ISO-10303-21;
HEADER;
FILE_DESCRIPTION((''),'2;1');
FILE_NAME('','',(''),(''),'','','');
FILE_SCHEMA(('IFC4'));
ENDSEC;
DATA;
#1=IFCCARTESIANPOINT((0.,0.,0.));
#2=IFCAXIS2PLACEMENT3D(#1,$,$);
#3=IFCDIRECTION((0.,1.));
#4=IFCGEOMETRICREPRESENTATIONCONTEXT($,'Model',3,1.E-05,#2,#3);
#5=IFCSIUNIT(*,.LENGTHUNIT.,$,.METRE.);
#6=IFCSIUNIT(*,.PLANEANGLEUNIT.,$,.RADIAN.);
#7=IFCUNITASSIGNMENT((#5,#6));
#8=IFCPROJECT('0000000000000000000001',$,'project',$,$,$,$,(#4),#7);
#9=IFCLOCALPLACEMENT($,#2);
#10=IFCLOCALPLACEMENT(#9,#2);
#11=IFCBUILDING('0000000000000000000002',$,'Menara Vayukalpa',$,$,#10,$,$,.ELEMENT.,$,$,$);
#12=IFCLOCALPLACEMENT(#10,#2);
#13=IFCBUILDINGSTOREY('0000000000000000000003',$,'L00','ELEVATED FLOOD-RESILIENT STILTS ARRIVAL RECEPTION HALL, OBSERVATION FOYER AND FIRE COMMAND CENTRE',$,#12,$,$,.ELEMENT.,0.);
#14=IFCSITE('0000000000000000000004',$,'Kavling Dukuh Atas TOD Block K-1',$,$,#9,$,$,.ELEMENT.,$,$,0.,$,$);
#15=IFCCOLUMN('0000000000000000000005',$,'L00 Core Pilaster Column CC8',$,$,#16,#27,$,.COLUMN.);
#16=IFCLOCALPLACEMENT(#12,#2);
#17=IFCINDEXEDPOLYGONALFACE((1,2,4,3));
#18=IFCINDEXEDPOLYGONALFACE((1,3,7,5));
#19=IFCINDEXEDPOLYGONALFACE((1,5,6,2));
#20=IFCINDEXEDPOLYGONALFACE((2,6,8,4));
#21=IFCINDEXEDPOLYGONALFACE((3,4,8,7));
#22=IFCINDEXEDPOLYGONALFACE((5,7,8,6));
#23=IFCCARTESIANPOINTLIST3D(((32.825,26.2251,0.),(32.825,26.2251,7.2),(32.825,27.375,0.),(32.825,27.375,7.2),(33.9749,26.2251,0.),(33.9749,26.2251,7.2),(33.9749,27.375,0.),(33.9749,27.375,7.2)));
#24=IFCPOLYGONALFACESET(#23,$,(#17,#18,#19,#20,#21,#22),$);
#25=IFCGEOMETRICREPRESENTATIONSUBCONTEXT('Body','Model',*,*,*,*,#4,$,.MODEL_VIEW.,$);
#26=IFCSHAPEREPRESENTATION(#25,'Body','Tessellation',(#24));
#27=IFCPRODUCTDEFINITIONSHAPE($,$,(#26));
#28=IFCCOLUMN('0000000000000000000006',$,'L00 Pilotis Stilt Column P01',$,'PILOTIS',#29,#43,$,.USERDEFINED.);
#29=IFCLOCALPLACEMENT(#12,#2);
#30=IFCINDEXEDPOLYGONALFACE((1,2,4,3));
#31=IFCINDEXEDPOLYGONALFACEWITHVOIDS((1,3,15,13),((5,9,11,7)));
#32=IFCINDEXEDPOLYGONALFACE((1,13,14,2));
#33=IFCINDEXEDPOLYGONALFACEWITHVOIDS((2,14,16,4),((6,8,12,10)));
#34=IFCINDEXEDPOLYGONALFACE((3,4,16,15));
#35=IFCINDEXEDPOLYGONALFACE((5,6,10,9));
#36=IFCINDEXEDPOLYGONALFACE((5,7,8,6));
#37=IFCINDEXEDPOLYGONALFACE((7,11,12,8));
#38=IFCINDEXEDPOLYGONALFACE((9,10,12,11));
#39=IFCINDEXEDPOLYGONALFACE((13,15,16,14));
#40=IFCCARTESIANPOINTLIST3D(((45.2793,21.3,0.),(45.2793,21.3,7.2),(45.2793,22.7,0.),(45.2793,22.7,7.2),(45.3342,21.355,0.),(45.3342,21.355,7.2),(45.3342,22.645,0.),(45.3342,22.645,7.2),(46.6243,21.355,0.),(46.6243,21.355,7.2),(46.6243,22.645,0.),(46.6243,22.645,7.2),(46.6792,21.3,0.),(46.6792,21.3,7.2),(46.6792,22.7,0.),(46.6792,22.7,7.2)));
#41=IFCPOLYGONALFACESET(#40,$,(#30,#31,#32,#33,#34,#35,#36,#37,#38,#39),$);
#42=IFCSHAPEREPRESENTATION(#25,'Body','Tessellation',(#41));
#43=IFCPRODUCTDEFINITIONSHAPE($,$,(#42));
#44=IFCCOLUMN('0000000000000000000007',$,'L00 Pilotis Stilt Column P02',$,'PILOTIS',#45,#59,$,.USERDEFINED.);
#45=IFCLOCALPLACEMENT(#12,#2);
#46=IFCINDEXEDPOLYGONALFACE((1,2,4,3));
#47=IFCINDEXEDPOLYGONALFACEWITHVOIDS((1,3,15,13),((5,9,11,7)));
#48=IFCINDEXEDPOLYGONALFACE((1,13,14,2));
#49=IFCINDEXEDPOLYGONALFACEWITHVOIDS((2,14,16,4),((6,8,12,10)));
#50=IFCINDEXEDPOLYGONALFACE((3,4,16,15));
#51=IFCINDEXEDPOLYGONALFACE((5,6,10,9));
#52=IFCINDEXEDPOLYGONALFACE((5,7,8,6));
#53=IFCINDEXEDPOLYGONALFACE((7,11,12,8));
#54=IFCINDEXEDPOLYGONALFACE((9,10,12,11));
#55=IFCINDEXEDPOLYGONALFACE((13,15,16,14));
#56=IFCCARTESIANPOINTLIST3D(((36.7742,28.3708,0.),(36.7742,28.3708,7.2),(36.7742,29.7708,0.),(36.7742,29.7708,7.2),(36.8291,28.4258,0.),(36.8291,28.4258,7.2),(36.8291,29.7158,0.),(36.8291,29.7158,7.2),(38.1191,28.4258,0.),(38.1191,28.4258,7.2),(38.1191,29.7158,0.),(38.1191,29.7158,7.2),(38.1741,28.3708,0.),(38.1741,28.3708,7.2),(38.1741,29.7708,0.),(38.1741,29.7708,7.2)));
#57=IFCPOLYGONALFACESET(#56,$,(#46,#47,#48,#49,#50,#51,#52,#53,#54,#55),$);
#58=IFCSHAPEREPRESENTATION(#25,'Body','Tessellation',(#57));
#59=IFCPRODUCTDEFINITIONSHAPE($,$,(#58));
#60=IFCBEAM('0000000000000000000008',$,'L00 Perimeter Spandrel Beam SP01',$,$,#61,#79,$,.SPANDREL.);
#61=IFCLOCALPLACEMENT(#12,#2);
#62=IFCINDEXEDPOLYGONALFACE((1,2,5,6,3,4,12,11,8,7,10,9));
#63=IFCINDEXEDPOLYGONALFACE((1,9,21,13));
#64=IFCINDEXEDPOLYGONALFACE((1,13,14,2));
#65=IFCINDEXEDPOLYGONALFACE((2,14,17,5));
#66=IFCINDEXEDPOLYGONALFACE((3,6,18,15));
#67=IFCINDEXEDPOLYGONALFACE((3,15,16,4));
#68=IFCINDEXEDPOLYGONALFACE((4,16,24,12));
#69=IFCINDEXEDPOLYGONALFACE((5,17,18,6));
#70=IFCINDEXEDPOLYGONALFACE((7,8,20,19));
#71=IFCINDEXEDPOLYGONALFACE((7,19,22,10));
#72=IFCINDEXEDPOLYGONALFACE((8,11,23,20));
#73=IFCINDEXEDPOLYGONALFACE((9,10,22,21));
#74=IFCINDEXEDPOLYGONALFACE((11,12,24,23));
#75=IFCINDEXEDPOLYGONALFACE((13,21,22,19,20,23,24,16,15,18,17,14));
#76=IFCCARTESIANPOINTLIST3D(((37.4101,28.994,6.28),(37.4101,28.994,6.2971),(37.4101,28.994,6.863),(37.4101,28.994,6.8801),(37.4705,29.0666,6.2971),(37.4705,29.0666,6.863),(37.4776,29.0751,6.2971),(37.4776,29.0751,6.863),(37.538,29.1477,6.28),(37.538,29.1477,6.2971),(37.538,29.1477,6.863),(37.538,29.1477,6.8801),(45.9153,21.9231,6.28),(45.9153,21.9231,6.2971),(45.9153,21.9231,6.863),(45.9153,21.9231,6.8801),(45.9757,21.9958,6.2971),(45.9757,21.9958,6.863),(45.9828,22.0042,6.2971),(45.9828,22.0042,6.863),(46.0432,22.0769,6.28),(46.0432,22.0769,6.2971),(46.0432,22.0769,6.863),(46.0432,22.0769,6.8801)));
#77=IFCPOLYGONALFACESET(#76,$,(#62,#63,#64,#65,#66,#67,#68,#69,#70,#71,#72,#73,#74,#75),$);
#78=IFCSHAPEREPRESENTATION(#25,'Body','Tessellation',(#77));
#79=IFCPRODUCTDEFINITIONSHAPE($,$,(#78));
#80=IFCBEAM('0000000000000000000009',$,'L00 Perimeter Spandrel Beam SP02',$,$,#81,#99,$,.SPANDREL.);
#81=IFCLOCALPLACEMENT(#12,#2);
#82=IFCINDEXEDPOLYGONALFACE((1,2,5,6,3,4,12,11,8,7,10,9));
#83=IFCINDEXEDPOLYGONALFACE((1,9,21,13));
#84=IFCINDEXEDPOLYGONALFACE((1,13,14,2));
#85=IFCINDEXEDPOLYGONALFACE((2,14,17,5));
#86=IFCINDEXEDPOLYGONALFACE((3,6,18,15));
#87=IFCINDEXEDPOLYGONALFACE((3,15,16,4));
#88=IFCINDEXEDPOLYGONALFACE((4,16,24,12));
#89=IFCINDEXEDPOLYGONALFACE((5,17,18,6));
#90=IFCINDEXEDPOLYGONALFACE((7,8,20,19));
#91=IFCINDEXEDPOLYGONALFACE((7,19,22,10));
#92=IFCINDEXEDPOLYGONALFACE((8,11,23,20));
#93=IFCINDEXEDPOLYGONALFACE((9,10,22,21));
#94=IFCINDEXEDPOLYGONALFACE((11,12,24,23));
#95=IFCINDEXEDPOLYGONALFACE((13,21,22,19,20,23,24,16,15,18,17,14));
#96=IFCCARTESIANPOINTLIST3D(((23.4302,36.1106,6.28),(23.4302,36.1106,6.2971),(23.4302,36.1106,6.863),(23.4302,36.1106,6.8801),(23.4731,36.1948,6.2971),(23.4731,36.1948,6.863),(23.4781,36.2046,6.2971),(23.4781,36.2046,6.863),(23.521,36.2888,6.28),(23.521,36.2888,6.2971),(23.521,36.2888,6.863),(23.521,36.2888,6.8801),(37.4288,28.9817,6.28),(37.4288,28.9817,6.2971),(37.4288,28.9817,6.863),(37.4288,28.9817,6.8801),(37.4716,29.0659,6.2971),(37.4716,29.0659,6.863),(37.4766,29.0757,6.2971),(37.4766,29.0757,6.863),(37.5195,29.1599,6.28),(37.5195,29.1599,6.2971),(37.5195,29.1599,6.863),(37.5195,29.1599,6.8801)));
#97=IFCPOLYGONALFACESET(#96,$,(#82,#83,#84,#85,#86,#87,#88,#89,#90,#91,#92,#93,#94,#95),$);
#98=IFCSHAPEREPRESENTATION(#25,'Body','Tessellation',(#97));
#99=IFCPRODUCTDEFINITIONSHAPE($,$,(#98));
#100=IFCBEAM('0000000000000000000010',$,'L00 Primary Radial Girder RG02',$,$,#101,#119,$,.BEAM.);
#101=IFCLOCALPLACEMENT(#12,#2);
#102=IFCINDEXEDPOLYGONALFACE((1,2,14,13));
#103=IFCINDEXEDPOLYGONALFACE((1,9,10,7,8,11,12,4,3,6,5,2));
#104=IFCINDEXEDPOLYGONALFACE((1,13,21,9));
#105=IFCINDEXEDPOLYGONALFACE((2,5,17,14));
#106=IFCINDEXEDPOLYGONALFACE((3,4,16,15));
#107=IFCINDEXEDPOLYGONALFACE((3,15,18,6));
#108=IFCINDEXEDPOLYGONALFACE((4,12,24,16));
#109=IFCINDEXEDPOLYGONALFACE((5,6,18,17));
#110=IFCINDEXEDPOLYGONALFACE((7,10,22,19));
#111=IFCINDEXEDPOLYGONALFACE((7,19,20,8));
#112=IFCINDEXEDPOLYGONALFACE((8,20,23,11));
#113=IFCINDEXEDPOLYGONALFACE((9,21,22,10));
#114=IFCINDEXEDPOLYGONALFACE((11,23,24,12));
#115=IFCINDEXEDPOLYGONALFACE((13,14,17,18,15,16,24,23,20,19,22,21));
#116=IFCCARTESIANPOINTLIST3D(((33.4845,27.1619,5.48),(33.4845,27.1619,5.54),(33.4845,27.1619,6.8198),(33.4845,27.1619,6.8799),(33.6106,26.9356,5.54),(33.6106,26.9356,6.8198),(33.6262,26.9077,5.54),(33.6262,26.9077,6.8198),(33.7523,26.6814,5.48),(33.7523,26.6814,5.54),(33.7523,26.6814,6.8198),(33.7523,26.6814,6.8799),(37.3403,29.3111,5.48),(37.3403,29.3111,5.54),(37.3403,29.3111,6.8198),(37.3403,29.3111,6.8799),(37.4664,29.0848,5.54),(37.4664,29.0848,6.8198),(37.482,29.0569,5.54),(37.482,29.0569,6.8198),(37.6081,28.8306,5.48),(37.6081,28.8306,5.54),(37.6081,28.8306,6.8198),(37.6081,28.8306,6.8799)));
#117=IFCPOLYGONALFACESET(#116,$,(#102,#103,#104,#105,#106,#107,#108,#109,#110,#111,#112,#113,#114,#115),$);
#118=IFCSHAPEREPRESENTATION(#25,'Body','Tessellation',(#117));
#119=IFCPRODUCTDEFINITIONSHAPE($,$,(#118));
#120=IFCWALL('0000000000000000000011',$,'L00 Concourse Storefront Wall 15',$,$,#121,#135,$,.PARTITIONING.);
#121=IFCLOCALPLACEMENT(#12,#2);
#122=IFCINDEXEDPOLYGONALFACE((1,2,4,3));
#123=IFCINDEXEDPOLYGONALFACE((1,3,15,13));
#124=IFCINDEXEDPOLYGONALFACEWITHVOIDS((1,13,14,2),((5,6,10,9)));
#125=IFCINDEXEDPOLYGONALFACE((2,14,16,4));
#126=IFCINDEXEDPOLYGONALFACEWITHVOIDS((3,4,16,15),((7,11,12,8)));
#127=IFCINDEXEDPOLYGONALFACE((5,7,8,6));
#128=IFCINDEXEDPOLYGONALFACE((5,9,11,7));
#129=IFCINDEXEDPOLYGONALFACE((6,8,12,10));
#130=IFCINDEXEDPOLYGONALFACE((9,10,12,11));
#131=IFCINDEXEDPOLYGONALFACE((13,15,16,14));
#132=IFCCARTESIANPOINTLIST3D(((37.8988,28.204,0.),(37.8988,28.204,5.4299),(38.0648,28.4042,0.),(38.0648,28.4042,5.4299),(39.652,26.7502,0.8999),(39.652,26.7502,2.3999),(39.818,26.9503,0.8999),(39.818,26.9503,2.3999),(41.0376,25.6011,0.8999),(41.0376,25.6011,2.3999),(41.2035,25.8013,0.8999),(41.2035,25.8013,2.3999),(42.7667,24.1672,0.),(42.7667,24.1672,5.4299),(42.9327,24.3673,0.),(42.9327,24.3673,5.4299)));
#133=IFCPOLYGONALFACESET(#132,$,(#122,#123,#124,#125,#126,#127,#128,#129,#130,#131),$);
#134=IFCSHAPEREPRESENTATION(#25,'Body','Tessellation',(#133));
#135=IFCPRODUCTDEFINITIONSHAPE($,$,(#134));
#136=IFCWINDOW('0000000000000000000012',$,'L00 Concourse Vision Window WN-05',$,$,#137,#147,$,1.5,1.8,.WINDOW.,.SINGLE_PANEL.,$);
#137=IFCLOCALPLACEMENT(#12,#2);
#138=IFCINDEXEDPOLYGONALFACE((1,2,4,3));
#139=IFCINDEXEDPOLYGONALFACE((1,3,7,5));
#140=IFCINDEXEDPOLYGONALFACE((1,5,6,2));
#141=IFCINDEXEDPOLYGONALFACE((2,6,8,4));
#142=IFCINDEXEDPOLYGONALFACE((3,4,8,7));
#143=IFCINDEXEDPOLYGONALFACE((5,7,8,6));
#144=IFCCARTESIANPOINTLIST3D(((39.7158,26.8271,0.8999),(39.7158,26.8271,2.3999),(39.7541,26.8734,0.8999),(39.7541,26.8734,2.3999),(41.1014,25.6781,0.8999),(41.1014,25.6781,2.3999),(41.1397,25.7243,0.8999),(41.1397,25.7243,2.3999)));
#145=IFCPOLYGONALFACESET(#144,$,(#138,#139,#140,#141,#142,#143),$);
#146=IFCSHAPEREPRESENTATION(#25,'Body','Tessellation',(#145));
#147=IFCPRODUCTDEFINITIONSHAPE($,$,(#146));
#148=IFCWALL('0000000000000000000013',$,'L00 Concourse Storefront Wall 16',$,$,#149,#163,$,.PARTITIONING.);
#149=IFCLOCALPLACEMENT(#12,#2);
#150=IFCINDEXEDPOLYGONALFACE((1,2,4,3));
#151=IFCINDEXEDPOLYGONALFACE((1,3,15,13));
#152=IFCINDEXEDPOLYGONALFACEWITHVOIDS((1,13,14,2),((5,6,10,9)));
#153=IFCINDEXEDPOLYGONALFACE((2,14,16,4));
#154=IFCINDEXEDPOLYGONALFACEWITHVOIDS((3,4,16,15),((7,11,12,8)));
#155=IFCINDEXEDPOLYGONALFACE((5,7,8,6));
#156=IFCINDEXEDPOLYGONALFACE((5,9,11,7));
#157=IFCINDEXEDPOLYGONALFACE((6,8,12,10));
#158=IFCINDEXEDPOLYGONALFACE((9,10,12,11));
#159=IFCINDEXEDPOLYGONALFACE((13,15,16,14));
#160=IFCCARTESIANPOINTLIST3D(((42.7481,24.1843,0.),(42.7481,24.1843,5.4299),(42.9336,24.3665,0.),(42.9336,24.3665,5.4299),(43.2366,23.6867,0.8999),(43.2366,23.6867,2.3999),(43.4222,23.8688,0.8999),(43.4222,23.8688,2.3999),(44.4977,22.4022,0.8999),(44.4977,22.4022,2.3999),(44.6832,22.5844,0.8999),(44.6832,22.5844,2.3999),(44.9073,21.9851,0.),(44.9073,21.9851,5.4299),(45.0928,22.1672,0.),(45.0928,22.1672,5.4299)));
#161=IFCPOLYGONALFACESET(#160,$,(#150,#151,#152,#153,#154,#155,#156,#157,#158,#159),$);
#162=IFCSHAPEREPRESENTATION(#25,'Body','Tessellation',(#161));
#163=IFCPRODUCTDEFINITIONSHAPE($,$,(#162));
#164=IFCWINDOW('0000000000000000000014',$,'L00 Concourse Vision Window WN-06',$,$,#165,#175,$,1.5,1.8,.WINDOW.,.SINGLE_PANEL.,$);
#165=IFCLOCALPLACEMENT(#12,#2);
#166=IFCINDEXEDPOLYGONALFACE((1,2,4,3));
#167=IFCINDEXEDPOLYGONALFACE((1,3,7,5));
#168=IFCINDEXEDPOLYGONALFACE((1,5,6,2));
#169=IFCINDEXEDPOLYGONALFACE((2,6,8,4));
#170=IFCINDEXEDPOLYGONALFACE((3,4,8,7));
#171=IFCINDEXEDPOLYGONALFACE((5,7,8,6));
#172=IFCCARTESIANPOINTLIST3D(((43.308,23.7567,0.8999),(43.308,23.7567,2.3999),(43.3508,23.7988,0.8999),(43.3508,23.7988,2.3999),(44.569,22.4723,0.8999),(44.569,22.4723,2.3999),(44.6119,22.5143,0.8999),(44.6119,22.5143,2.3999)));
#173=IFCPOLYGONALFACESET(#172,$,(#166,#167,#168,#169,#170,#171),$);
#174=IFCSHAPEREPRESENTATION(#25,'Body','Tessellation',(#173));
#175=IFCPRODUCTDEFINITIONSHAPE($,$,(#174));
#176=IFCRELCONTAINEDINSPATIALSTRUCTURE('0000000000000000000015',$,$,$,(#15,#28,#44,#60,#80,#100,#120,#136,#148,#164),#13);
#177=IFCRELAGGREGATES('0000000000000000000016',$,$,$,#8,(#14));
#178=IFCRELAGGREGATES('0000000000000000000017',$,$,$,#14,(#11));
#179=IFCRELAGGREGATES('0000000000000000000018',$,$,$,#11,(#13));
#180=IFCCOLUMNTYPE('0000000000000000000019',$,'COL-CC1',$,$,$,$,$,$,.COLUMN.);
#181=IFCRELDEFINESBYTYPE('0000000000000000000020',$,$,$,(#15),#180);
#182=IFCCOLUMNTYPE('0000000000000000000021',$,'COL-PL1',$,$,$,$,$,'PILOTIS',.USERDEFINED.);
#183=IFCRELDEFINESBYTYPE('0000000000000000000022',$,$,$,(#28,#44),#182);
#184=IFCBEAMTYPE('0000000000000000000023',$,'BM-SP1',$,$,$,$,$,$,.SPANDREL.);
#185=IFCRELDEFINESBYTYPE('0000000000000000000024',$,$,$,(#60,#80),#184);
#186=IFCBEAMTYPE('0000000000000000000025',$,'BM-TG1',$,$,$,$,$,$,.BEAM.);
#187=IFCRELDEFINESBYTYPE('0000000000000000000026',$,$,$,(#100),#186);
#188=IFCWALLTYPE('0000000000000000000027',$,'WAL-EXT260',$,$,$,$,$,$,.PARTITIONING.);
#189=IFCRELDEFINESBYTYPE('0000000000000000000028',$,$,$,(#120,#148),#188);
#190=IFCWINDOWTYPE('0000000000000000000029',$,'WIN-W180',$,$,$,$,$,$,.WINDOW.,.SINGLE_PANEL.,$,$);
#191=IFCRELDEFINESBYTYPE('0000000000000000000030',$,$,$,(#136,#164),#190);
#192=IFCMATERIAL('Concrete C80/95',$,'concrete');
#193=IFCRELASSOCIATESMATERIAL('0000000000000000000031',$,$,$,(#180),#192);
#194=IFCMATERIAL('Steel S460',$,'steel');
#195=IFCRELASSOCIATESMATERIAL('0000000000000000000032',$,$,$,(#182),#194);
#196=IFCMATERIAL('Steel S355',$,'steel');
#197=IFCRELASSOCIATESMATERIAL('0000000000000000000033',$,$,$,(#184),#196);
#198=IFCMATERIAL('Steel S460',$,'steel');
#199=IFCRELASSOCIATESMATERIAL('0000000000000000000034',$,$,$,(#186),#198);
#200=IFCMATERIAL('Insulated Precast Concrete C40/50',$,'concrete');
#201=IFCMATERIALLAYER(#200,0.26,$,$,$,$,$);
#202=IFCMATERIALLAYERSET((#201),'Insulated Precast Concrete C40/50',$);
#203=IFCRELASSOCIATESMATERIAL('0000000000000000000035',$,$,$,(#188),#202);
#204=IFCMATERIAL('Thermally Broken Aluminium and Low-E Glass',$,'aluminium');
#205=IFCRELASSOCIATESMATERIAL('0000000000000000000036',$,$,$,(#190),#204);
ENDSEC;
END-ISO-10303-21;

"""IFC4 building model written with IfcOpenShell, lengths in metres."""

from ifc_helpers import new_model, si_unit, direction, frame, frame_2d, origin, origin_2d, place, context, subcontext, project, spatial, rectangle, hollow_rectangle, i_section, extrude, material, layer, layer_set, material_profile, profile_set, type_object, element, fill, save


model = new_model("IFC4")

# Units and contexts
model_context = context("Model", 3, precision=1e-05, world=origin(), true_north=direction((0.0, 1.0)))
body_context = subcontext(model_context, "Body", "Model", "MODEL_VIEW")
ifc_project = project(units=[si_unit("LENGTHUNIT", "METRE"), si_unit("PLANEANGLEUNIT", "RADIAN")], contexts=[model_context])

# Site, building, storey
site_placement = place(None, origin())
site = spatial("IfcSite", under=ifc_project, at=site_placement, Name="Kavling Dukuh Atas TOD Block K-1", CompositionType="ELEMENT", RefElevation=0.0)
building_placement = place(site_placement, origin())
building = spatial("IfcBuilding", under=site, at=building_placement, Name="Menara Vayukalpa", CompositionType="ELEMENT")
storey_placement = place(building_placement, origin())
storey = spatial("IfcBuildingStorey", under=building, at=storey_placement, Name="L00", Description="ELEVATED FLOOD-RESILIENT STILTS ARRIVAL RECEPTION HALL, OBSERVATION FOYER AND FIRE COMMAND CENTRE", CompositionType="ELEMENT", Elevation=0.0)

# Columns
ifc_material_1 = material(Name="Concrete C80/95", Category="concrete")
ifc_material_profile_1 = material_profile(ifc_material_1, rectangle(XDim=1.1499, YDim=1.1499, at=origin_2d()), Name="RC 1150x1150")
ifc_profile_set_1 = profile_set([ifc_material_profile_1], Name="Concrete C80/95")
column_type_1 = type_object("IfcColumnType", Name="COL-CC1", PredefinedType="COLUMN", material=ifc_profile_set_1)
column_placement = place(storey_placement, frame((33.3999, 26.8, 0.0), z_axis=(0.0, 0.0, 1.0), x_axis=(1.0, 0.0, 0.0)))
element("IfcColumn", 1, at=column_placement, inside=storey, type_object=column_type_1, Name="L00 Core Pilaster Column CC8", PredefinedType="COLUMN", context=body_context, shape_type="SweptSolid", body=[
    extrude(rectangle(XDim=1.1499, YDim=1.1499, at=origin_2d()), origin(), (0.0, 0.0, 1.0), 7.2),
])
ifc_material_2 = material(Name="Steel S460", Category="steel")
ifc_material_profile_2 = material_profile(ifc_material_2, hollow_rectangle(XDim=1.3999, YDim=1.3999, WallThickness=0.0549, at=origin_2d()), Name="BOX 1400x1400x55")
ifc_profile_set_2 = profile_set([ifc_material_profile_2], Name="Steel S460")
column_type_2 = type_object("IfcColumnType", Name="COL-PL1", ElementType="PILOTIS", PredefinedType="USERDEFINED", material=ifc_profile_set_2)
for number, where, z_axis, x_axis, name in (
    (2, (45.9792, 22.0, 0.0), (0.0, 0.0, 1.0), (1.0, 0.0, 0.0), "L00 Pilotis Stilt Column P01"),
    (3, (37.4741, 29.0708, 0.0), (0.0, 0.0, 1.0), (1.0, 0.0, 0.0), "L00 Pilotis Stilt Column P02"),
):
    element("IfcColumn", number, at=place(storey_placement, frame(where, z_axis=z_axis, x_axis=x_axis)), inside=storey, type_object=column_type_2, Name=name, ObjectType="PILOTIS", PredefinedType="USERDEFINED", context=body_context, shape_type="SweptSolid", body=[
        extrude(hollow_rectangle(XDim=1.3999, YDim=1.3999, WallThickness=0.0549, at=origin_2d()), origin(), (0.0, 0.0, 1.0), 7.2),
    ])

# Beams
ifc_material_3 = material(Name="Steel S355", Category="steel")
ifc_material_profile_3 = material_profile(ifc_material_3, i_section(OverallWidth=0.2, OverallDepth=0.6001, WebThickness=0.011, FlangeThickness=0.0171, at=origin_2d()), Name="WF 600x200x11x17")
ifc_profile_set_3 = profile_set([ifc_material_profile_3], Name="Steel S355")
beam_type_1 = type_object("IfcBeamType", Name="BM-SP1", PredefinedType="SPANDREL", material=ifc_profile_set_3)
beam_1_placement = place(storey_placement, frame((45.9792, 22.0, 6.5801), z_axis=(-0.768968, 0.639287, 0.0), x_axis=(-0.639287, -0.768968, 0.0)))
element("IfcBeam", 4, at=beam_1_placement, inside=storey, type_object=beam_type_1, Name="L00 Perimeter Spandrel Beam SP01", PredefinedType="SPANDREL", context=body_context, shape_type="SweptSolid", body=[
    extrude(i_section(OverallWidth=0.2, OverallDepth=0.6001, WebThickness=0.011, FlangeThickness=0.0171, at=origin_2d()), origin(), (0.0, 0.0, 1.0), 11.0605),
])
beam_2_placement = place(storey_placement, frame((37.4741, 29.0708, 6.5801), z_axis=(-0.891102, 0.453803, 0.0), x_axis=(-0.453803, -0.891102, 0.0)))
element("IfcBeam", 5, at=beam_2_placement, inside=storey, type_object=beam_type_1, Name="L00 Perimeter Spandrel Beam SP02", PredefinedType="SPANDREL", context=body_context, shape_type="SweptSolid", body=[
    extrude(i_section(OverallWidth=0.2, OverallDepth=0.6001, WebThickness=0.011, FlangeThickness=0.0171, at=origin_2d()), origin(), (0.0, 0.0, 1.0), 15.7092),
])
ifc_material_4 = material(Name="Steel S460", Category="steel")
ifc_material_profile_4 = material_profile(ifc_material_4, i_section(OverallWidth=0.55, OverallDepth=1.3999, WebThickness=0.032, FlangeThickness=0.0601, at=origin_2d()), Name="WG 1400x550x32x60")
ifc_profile_set_4 = profile_set([ifc_material_profile_4], Name="Steel S460")
beam_type_2 = type_object("IfcBeamType", Name="BM-TG1", PredefinedType="BEAM", material=ifc_profile_set_4)
beam_3_placement = place(storey_placement, frame((33.6184, 26.9216, 6.1799), z_axis=(0.873473, 0.486873, 0.0), x_axis=(-0.486873, 0.873473, 0.0)))
element("IfcBeam", 6, at=beam_3_placement, inside=storey, type_object=beam_type_2, Name="L00 Primary Radial Girder RG02", PredefinedType="BEAM", context=body_context, shape_type="SweptSolid", body=[
    extrude(i_section(OverallWidth=0.55, OverallDepth=1.3999, WebThickness=0.032, FlangeThickness=0.0601, at=origin_2d()), origin(), (0.0, 0.0, 1.0), 4.4143),
])

# Walls, openings, windows
ifc_material_5 = material(Name="Insulated Precast Concrete C40/50", Category="concrete")
ifc_layer_1 = layer(ifc_material_5, 0.26)
ifc_layer_set_1 = layer_set([ifc_layer_1], Name="Insulated Precast Concrete C40/50")
wall_type_1 = type_object("IfcWallType", Name="WAL-EXT260", PredefinedType="PARTITIONING", material=ifc_layer_set_1)
wall_1_placement = place(storey_placement, frame((37.9817, 28.3042, 0.0), z_axis=(0.0, 0.0, 1.0), x_axis=(0.769754, -0.638341, 0.0)))
wall_1 = element("IfcWall", 7, at=wall_1_placement, inside=storey, type_object=wall_type_1, Name="L00 Concourse Storefront Wall 15", PredefinedType="PARTITIONING", context=body_context, shape_type="SweptSolid", body=[
    extrude(rectangle(XDim=6.324, YDim=0.26, at=frame_2d((3.1621, 0.0))), origin(), (0.0, 0.0, 1.0), 5.4299),
])
opening_1_placement = place(wall_1_placement, frame((2.2778, 0.0, 0.8999)))
opening_1 = element("IfcOpeningElement", 8, at=opening_1_placement, cuts=wall_1, PredefinedType="OPENING", context=body_context, shape_type="SweptSolid", body=[
    extrude(rectangle(XDim=1.8, YDim=1.5, at=frame_2d((0.8999, 0.75))), frame((0.0, 0.1399, 0.0), z_axis=(0.0, -1.0, 0.0), x_axis=(1.0, 0.0, 0.0)), (0.0, 0.0, 1.0), 0.28),
])
ifc_material_6 = material(Name="Thermally Broken Aluminium and Low-E Glass", Category="aluminium")
window_type = type_object("IfcWindowType", Name="WIN-W180", PartitioningType="SINGLE_PANEL", PredefinedType="WINDOW", material=ifc_material_6)
window_1_placement = place(opening_1_placement, origin())
window_1 = element("IfcWindow", 9, at=window_1_placement, inside=storey, type_object=window_type, Name="L00 Concourse Vision Window WN-05", OverallHeight=1.5, OverallWidth=1.8, PartitioningType="SINGLE_PANEL", PredefinedType="WINDOW", context=body_context, shape_type="SweptSolid", body=[
    extrude(rectangle(XDim=1.8, YDim=1.5, at=frame_2d((0.8999, 0.75))), frame((0.0, 0.03, 0.0), z_axis=(0.0, -1.0, 0.0), x_axis=(1.0, 0.0, 0.0)), (0.0, 0.0, 1.0), 0.0601),
])
fill(opening_1, window_1)
wall_2_placement = place(storey_placement, frame((42.8408, 24.2754, 0.0), z_axis=(0.0, 0.0, 1.0), x_axis=(0.700581, -0.713573, 0.0)))
wall_2 = element("IfcWall", 10, at=wall_2_placement, inside=storey, type_object=wall_type_1, Name="L00 Concourse Storefront Wall 16", PredefinedType="PARTITIONING", context=body_context, shape_type="SweptSolid", body=[
    extrude(rectangle(XDim=3.082, YDim=0.26, at=frame_2d((1.541, 0.0))), origin(), (0.0, 0.0, 1.0), 5.4299),
])
opening_2_placement = place(wall_2_placement, frame((0.6975, 0.0, 0.8999)))
opening_2 = element("IfcOpeningElement", 11, at=opening_2_placement, cuts=wall_2, PredefinedType="OPENING", context=body_context, shape_type="SweptSolid", body=[
    extrude(rectangle(XDim=1.8, YDim=1.5, at=frame_2d((0.8999, 0.75))), frame((0.0, 0.1399, 0.0), z_axis=(0.0, -1.0, 0.0), x_axis=(1.0, 0.0, 0.0)), (0.0, 0.0, 1.0), 0.28),
])
window_2_placement = place(opening_2_placement, origin())
window_2 = element("IfcWindow", 12, at=window_2_placement, inside=storey, type_object=window_type, Name="L00 Concourse Vision Window WN-06", OverallHeight=1.5, OverallWidth=1.8, PartitioningType="SINGLE_PANEL", PredefinedType="WINDOW", context=body_context, shape_type="SweptSolid", body=[
    extrude(rectangle(XDim=1.8, YDim=1.5, at=frame_2d((0.8999, 0.75))), frame((0.0, 0.03, 0.0), z_axis=(0.0, -1.0, 0.0), x_axis=(1.0, 0.0, 0.0)), (0.0, 0.0, 1.0), 0.0601),
])
fill(opening_2, window_2)

save(model, "model.ifc")
